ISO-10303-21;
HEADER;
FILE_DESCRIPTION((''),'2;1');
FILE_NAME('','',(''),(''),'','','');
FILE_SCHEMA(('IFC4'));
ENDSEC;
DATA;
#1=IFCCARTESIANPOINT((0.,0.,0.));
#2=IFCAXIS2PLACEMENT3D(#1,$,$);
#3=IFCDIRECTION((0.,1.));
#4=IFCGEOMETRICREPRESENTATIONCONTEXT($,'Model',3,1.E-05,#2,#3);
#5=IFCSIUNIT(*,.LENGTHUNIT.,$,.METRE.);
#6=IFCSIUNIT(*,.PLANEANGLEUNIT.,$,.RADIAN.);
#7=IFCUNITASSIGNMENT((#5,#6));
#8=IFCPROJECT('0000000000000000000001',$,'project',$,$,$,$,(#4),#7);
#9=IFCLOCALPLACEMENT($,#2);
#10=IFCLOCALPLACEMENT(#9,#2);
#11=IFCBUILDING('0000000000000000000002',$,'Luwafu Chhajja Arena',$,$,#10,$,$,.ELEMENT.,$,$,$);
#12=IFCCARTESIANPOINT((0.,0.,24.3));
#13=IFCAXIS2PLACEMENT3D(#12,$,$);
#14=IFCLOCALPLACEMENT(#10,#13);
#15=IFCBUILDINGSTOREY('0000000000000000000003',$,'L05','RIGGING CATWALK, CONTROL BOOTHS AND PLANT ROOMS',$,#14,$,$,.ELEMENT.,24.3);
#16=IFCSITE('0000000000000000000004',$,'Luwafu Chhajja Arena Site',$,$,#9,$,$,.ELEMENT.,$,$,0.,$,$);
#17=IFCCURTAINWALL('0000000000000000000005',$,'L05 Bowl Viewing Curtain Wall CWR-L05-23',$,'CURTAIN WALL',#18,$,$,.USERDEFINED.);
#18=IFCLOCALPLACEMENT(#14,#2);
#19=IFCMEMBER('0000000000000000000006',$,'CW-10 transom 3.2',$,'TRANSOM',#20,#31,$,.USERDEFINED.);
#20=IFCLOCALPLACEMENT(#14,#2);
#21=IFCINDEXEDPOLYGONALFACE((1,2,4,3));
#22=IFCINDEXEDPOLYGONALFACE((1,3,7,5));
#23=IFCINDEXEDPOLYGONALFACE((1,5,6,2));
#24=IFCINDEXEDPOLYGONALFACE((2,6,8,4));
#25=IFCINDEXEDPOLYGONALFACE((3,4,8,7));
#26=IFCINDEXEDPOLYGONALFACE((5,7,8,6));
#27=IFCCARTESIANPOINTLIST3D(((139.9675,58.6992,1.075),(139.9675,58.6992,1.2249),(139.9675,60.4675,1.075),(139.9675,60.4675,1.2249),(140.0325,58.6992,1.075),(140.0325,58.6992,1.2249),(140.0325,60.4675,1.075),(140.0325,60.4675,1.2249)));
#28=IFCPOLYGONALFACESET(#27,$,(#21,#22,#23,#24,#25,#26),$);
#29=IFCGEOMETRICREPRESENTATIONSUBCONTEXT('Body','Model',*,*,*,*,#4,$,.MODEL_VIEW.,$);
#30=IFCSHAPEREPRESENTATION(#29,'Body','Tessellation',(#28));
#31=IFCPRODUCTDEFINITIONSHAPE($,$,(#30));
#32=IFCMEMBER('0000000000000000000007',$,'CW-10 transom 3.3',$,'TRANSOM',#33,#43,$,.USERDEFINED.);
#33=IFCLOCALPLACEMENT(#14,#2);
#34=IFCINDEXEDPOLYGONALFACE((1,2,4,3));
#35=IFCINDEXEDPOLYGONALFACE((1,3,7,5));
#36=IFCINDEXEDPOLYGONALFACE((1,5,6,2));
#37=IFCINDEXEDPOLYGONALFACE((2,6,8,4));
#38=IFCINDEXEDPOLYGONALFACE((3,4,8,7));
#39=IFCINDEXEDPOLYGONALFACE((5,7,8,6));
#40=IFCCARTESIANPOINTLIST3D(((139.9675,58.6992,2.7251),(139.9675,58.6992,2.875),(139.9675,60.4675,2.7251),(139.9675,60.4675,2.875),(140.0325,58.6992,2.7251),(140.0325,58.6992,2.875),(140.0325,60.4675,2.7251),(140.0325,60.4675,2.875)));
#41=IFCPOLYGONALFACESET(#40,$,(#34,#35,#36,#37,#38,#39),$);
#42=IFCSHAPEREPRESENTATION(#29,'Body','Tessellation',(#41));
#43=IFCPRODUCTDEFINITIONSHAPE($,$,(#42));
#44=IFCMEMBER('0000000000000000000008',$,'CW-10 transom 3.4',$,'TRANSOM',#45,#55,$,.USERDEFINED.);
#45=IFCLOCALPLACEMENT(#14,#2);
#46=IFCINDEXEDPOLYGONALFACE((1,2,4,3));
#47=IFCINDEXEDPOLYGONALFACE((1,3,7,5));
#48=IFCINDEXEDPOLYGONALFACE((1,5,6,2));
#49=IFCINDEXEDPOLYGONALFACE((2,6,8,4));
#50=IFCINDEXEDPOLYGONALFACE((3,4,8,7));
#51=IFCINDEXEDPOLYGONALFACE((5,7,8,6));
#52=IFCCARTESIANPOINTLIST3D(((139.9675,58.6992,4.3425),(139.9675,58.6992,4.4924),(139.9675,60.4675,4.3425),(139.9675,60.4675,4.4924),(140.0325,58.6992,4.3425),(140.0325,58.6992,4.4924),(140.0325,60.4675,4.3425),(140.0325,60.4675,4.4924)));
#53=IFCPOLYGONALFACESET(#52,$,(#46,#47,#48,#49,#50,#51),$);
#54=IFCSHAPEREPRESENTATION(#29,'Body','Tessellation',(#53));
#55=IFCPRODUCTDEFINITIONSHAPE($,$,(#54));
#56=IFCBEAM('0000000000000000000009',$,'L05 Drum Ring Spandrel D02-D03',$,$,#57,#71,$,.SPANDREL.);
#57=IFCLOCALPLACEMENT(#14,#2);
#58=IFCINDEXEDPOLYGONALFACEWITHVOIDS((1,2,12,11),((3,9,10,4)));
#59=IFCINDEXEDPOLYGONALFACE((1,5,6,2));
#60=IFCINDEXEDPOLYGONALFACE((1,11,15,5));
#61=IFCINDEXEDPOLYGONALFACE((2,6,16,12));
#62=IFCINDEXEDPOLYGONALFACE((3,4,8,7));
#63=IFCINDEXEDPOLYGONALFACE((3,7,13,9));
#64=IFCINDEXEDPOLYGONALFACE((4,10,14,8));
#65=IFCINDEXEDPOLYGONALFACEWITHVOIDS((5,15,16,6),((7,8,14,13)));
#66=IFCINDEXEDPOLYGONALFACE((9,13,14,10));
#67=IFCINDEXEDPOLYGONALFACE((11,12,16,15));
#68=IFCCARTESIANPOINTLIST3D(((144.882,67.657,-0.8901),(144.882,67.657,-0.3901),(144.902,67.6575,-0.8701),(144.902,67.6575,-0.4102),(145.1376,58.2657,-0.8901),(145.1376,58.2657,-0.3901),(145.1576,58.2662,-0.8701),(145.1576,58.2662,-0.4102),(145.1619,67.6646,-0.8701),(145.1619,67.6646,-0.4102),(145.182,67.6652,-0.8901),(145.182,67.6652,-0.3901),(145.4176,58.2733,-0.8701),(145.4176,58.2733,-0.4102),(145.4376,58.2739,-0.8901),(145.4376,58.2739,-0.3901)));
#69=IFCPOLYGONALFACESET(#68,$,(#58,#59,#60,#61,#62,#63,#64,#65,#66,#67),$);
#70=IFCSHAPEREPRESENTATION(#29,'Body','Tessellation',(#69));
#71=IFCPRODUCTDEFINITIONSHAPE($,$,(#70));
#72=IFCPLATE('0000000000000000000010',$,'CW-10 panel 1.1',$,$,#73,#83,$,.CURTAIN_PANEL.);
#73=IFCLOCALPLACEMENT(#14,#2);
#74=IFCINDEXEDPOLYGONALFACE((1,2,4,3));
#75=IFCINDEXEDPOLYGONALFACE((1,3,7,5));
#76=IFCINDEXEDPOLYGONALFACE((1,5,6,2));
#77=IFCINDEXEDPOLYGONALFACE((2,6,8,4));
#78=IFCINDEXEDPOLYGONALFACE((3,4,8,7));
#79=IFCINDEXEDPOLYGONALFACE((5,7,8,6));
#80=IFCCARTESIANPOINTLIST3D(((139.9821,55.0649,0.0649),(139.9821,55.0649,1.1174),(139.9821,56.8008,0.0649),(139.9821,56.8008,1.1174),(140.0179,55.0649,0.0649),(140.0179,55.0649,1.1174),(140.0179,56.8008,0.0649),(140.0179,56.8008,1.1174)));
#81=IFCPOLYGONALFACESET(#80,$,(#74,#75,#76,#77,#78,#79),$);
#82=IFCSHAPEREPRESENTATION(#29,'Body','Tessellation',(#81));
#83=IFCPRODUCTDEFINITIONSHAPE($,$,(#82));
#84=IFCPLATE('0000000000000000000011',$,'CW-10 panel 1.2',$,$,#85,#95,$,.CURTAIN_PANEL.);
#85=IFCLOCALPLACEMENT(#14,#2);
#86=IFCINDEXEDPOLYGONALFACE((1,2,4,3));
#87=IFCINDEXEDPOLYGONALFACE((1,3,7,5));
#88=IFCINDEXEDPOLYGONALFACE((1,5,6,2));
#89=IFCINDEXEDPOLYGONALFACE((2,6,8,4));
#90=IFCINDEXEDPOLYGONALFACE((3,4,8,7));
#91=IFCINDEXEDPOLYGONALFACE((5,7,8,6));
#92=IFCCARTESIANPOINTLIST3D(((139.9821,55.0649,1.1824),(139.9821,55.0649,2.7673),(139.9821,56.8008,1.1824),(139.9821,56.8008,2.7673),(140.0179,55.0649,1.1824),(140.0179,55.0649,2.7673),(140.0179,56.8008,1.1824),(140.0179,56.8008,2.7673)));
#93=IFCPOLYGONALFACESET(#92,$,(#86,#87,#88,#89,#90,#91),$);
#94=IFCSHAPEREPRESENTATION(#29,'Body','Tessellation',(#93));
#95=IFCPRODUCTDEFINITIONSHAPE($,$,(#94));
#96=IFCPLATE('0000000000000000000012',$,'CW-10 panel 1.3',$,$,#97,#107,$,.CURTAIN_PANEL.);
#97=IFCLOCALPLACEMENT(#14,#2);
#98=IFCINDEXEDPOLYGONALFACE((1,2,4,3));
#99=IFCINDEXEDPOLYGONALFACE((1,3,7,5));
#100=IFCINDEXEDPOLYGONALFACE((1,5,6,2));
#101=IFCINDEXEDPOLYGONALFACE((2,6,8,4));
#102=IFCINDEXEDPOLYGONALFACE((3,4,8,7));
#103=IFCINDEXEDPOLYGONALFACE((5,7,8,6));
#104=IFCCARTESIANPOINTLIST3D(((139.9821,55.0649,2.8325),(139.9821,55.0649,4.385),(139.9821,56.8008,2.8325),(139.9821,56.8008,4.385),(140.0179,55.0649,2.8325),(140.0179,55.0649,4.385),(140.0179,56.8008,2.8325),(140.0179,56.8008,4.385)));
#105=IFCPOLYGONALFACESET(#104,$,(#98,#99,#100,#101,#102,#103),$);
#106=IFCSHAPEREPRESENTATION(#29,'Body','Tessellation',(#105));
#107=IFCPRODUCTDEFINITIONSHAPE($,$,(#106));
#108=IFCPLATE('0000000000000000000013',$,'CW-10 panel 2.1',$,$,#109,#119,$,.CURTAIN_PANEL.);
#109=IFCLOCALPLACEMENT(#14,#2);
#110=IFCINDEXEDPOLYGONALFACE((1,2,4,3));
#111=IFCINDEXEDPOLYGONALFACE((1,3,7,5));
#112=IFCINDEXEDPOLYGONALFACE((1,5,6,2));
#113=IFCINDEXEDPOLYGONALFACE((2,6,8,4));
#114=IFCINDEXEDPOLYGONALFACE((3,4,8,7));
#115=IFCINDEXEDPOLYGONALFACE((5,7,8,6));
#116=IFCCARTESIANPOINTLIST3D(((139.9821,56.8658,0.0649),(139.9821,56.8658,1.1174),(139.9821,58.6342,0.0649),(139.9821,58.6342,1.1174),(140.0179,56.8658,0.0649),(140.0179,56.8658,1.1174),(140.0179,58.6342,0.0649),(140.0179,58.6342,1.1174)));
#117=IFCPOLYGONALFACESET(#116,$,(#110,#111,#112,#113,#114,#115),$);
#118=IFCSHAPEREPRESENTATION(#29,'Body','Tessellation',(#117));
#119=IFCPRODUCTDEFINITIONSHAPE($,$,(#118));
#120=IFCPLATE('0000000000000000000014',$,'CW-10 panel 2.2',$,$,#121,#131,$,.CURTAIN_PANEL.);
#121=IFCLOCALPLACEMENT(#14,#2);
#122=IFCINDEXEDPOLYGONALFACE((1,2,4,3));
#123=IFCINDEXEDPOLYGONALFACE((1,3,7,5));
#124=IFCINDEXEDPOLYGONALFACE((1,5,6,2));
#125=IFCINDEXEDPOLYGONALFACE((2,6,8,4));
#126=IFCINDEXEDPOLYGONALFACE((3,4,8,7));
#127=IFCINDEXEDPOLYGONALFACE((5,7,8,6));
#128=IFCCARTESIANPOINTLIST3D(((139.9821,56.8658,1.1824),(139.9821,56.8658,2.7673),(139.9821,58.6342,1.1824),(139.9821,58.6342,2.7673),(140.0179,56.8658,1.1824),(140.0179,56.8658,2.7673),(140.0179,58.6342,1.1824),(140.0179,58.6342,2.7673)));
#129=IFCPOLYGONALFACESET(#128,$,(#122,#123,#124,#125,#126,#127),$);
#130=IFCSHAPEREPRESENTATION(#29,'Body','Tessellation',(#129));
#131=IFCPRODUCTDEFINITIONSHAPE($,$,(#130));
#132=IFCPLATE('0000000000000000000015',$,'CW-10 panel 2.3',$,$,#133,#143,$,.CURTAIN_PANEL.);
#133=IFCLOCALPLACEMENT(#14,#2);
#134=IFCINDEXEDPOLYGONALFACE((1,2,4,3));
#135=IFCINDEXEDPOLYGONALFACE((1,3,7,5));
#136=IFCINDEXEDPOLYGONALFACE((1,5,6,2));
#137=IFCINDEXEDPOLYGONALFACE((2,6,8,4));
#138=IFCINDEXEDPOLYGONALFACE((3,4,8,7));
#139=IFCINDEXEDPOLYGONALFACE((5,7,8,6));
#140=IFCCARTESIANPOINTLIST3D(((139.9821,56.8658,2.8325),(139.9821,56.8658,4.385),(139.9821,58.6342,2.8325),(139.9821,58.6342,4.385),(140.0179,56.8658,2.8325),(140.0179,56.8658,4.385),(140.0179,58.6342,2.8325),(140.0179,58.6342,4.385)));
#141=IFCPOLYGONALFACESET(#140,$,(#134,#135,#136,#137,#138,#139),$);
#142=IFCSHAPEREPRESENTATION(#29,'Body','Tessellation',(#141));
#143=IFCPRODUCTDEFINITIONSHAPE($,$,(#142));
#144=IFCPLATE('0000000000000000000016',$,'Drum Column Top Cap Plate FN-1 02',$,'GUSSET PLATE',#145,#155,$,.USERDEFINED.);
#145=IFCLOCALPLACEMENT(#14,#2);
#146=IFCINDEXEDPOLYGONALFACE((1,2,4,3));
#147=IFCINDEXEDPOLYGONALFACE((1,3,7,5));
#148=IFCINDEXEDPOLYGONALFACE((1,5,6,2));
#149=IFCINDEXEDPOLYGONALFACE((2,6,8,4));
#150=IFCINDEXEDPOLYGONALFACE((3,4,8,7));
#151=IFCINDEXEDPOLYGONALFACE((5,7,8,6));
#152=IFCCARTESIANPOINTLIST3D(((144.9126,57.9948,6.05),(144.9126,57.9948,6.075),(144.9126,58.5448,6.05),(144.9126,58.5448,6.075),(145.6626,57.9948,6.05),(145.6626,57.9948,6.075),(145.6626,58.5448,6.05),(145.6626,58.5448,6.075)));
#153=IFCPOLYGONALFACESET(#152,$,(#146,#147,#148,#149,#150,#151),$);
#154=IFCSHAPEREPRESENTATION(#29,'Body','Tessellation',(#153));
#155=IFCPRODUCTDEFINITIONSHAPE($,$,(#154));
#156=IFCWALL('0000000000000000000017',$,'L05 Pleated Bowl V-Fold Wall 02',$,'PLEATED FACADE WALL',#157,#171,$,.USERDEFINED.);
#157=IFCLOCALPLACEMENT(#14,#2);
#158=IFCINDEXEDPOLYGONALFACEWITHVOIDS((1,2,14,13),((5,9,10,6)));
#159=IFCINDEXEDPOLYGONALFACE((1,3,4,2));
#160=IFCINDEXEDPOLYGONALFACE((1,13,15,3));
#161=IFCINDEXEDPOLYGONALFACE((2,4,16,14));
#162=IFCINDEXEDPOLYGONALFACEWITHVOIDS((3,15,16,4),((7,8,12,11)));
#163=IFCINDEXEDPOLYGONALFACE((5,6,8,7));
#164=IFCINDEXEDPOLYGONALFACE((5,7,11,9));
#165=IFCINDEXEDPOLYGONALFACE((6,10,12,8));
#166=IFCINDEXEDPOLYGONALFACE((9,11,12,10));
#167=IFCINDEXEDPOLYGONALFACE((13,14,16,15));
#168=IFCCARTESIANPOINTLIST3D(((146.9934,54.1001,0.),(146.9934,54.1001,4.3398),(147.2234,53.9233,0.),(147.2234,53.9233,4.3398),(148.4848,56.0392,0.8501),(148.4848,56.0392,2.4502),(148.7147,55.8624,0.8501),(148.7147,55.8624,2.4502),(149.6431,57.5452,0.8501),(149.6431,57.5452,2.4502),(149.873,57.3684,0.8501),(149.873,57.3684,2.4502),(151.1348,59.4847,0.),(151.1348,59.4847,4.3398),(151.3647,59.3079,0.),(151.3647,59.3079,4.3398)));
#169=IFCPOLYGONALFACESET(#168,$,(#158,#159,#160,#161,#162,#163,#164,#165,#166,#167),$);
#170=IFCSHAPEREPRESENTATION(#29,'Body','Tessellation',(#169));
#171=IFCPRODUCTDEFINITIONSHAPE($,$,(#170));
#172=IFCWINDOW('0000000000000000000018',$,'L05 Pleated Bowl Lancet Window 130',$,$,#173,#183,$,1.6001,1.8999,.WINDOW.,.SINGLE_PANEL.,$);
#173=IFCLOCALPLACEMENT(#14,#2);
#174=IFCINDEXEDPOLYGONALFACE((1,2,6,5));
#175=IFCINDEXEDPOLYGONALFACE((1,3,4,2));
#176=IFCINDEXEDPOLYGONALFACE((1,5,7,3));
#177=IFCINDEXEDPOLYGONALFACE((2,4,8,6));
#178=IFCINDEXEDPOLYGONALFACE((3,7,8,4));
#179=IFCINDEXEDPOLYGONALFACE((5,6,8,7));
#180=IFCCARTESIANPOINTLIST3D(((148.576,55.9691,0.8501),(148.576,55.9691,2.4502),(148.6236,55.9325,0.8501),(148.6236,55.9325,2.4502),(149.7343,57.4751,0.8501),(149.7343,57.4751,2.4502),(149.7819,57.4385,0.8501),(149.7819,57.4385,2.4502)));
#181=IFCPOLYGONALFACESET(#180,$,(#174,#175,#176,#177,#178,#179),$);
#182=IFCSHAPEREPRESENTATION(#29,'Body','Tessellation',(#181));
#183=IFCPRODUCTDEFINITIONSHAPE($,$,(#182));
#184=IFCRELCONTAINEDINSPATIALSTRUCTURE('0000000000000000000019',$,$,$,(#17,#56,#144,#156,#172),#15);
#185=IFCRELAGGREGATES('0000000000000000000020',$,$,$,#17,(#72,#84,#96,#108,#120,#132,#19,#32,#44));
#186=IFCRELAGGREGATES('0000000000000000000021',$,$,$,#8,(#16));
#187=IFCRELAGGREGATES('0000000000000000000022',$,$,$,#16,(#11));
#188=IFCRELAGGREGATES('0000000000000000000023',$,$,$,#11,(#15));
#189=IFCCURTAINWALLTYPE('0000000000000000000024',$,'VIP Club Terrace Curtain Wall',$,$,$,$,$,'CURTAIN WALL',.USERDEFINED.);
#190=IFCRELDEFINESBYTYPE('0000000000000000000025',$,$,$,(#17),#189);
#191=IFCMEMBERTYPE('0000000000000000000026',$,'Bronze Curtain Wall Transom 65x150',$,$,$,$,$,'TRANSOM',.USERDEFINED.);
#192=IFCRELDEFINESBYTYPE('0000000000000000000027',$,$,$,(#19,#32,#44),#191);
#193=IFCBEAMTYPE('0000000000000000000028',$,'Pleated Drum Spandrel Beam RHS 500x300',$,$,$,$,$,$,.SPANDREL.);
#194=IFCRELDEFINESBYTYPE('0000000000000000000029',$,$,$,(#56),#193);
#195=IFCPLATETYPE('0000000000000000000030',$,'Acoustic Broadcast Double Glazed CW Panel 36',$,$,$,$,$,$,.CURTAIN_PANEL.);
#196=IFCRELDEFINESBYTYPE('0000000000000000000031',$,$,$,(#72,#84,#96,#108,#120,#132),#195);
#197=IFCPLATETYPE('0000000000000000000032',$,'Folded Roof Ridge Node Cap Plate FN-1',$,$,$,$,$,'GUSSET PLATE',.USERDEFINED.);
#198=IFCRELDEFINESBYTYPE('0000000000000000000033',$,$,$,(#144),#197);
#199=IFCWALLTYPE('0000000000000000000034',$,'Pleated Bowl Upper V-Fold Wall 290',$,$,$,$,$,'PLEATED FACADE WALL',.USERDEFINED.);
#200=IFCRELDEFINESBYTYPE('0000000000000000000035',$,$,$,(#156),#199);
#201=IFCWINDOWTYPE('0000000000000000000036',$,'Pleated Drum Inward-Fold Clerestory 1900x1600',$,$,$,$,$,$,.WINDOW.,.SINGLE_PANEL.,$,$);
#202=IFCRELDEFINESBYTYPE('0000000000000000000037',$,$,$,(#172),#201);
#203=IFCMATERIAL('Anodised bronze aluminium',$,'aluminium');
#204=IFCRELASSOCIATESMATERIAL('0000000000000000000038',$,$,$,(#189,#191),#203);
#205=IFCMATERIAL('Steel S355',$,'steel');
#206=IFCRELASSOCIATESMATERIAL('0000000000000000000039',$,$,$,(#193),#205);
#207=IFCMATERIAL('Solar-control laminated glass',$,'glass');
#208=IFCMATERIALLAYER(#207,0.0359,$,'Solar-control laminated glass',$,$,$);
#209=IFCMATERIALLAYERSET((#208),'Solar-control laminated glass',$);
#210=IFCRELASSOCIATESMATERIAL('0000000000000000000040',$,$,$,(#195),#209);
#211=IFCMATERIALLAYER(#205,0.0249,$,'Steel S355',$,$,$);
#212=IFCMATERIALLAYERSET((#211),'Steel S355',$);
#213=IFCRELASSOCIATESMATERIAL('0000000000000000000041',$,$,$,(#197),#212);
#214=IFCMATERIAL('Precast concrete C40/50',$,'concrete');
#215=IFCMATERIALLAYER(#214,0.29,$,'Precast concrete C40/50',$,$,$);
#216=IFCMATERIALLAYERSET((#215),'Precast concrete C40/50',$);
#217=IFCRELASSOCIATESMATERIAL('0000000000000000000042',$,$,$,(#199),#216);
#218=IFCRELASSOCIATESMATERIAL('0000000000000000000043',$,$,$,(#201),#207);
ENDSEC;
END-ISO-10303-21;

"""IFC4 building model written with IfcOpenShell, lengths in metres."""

from ifc_helpers import new_model, si_unit, direction, frame, frame_2d, origin, origin_2d, place, context, subcontext, project, spatial, rectangle, hollow_rectangle, extrude, material, layer, layer_set, material_profile, profile_set, type_object, element, fill, aggregate, save


model = new_model("IFC4")

# Units and contexts
model_context = context("Model", 3, precision=1e-05, world=origin(), true_north=direction((0.0, 1.0)))
body_context = subcontext(model_context, "Body", "Model", "MODEL_VIEW")
ifc_project = project(units=[si_unit("LENGTHUNIT", "METRE"), si_unit("PLANEANGLEUNIT", "RADIAN")], contexts=[model_context])

# Site, building, storey
site_placement = place(None, origin())
site = spatial("IfcSite", under=ifc_project, at=site_placement, Name="Luwafu Chhajja Arena Site", CompositionType="ELEMENT", RefElevation=0.0)
building_placement = place(site_placement, origin())
building = spatial("IfcBuilding", under=site, at=building_placement, Name="Luwafu Chhajja Arena", CompositionType="ELEMENT")
storey_placement = place(building_placement, frame((0.0, 0.0, 24.3)))
storey = spatial("IfcBuildingStorey", under=building, at=storey_placement, Name="L05", Description="RIGGING CATWALK, CONTROL BOOTHS AND PLANT ROOMS", CompositionType="ELEMENT", Elevation=24.3)

# Shared definitions
ifc_material_1 = material(Name="Steel S355", Category="steel")

# Curtain wall, members
ifc_material_2 = material(Name="Anodised bronze aluminium", Category="aluminium")
curtain_wall_type = type_object("IfcCurtainWallType", Name="VIP Club Terrace Curtain Wall", ElementType="CURTAIN WALL", PredefinedType="USERDEFINED", material=ifc_material_2)
curtain_wall_placement = place(storey_placement, origin())
curtain_wall = element("IfcCurtainWall", 1, at=curtain_wall_placement, inside=storey, type_object=curtain_wall_type, Name="L05 Bowl Viewing Curtain Wall CWR-L05-23", ObjectType="CURTAIN WALL", PredefinedType="USERDEFINED")
ifc_material_profile_1 = material_profile(ifc_material_2, rectangle(XDim=0.0649, YDim=0.1499, at=origin_2d()), Name="CWT 65x150")
ifc_profile_set_1 = profile_set([ifc_material_profile_1], Name="Anodised bronze aluminium")
member_type_1 = type_object("IfcMemberType", Name="Bronze Curtain Wall Transom 65x150", ElementType="TRANSOM", PredefinedType="USERDEFINED", material=ifc_profile_set_1)
member_1_placement = place(storey_placement, frame((140.0, 58.6992, 1.1499), z_axis=(0.0, 1.0, 0.0), x_axis=(-1.0, 0.0, 0.0)))
member_1 = element("IfcMember", 2, at=member_1_placement, type_object=member_type_1, Name="CW-10 transom 3.2", ObjectType="TRANSOM", PredefinedType="USERDEFINED", context=body_context, shape_type="SweptSolid", body=[
    extrude(rectangle(XDim=0.0649, YDim=0.1499, at=origin_2d()), origin(), (0.0, 0.0, 1.0), 1.7683),
])
member_2_placement = place(storey_placement, frame((140.0, 58.6992, 2.8), z_axis=(0.0, 1.0, 0.0), x_axis=(-1.0, 0.0, 0.0)))
member_2 = element("IfcMember", 3, at=member_2_placement, type_object=member_type_1, Name="CW-10 transom 3.3", ObjectType="TRANSOM", PredefinedType="USERDEFINED", context=body_context, shape_type="SweptSolid", body=[
    extrude(rectangle(XDim=0.0649, YDim=0.1499, at=origin_2d()), origin(), (0.0, 0.0, 1.0), 1.7683),
])
member_3_placement = place(storey_placement, frame((140.0, 58.6992, 4.4175), z_axis=(0.0, 1.0, 0.0), x_axis=(-1.0, 0.0, 0.0)))
member_3 = element("IfcMember", 4, at=member_3_placement, type_object=member_type_1, Name="CW-10 transom 3.4", ObjectType="TRANSOM", PredefinedType="USERDEFINED", context=body_context, shape_type="SweptSolid", body=[
    extrude(rectangle(XDim=0.0649, YDim=0.1499, at=origin_2d()), origin(), (0.0, 0.0, 1.0), 1.7683),
])

# Beam
ifc_material_profile_2 = material_profile(ifc_material_1, hollow_rectangle(XDim=0.3, YDim=0.5, WallThickness=0.02, at=origin_2d()), Name="RHS 500x300x20")
ifc_profile_set_2 = profile_set([ifc_material_profile_2], Name="Steel S355")
beam_type = type_object("IfcBeamType", Name="Pleated Drum Spandrel Beam RHS 500x300", PredefinedType="SPANDREL", material=ifc_profile_set_2)
beam_placement = place(storey_placement, frame((145.2876, 58.2698, -0.6401), z_axis=(-0.027208, 0.99963, 0.0), x_axis=(-0.99963, -0.027208, 0.0)))
element("IfcBeam", 5, at=beam_placement, inside=storey, type_object=beam_type, Name="L05 Drum Ring Spandrel D02-D03", PredefinedType="SPANDREL", context=body_context, shape_type="SweptSolid", body=[
    extrude(hollow_rectangle(XDim=0.3, YDim=0.5, WallThickness=0.02, at=origin_2d()), origin(), (0.0, 0.0, 1.0), 9.3948),
])

# Plates
ifc_material_3 = material(Name="Solar-control laminated glass", Category="glass")
ifc_layer_1 = layer(ifc_material_3, 0.0359, Name="Solar-control laminated glass")
ifc_layer_set_1 = layer_set([ifc_layer_1], Name="Solar-control laminated glass")
plate_type_1 = type_object("IfcPlateType", Name="Acoustic Broadcast Double Glazed CW Panel 36", PredefinedType="CURTAIN_PANEL", material=ifc_layer_set_1)
plate_1_placement = place(storey_placement, frame((140.0, 55.9329, 0.0649), z_axis=(0.0, 0.0, 1.0), x_axis=(0.0, 1.0, 0.0)))
plate_1 = element("IfcPlate", 6, at=plate_1_placement, type_object=plate_type_1, Name="CW-10 panel 1.1", PredefinedType="CURTAIN_PANEL", context=body_context, shape_type="SweptSolid", body=[
    extrude(rectangle(XDim=1.7358, YDim=0.0359, at=origin_2d()), origin(), (0.0, 0.0, 1.0), 1.0525),
])
plate_2_placement = place(storey_placement, frame((140.0, 55.9329, 1.1824), z_axis=(0.0, 0.0, 1.0), x_axis=(0.0, 1.0, 0.0)))
plate_2 = element("IfcPlate", 7, at=plate_2_placement, type_object=plate_type_1, Name="CW-10 panel 1.2", PredefinedType="CURTAIN_PANEL", context=body_context, shape_type="SweptSolid", body=[
    extrude(rectangle(XDim=1.7358, YDim=0.0359, at=origin_2d()), origin(), (0.0, 0.0, 1.0), 1.585),
])
plate_3_placement = place(storey_placement, frame((140.0, 55.9329, 2.8325), z_axis=(0.0, 0.0, 1.0), x_axis=(0.0, 1.0, 0.0)))
plate_3 = element("IfcPlate", 8, at=plate_3_placement, type_object=plate_type_1, Name="CW-10 panel 1.3", PredefinedType="CURTAIN_PANEL", context=body_context, shape_type="SweptSolid", body=[
    extrude(rectangle(XDim=1.7358, YDim=0.0359, at=origin_2d()), origin(), (0.0, 0.0, 1.0), 1.5525),
])
plate_4_placement = place(storey_placement, frame((140.0, 57.75, 0.0649), z_axis=(0.0, 0.0, 1.0), x_axis=(0.0, 1.0, 0.0)))
plate_4 = element("IfcPlate", 9, at=plate_4_placement, type_object=plate_type_1, Name="CW-10 panel 2.1", PredefinedType="CURTAIN_PANEL", context=body_context, shape_type="SweptSolid", body=[
    extrude(rectangle(XDim=1.7683, YDim=0.0359, at=origin_2d()), origin(), (0.0, 0.0, 1.0), 1.0525),
])
plate_5_placement = place(storey_placement, frame((140.0, 57.75, 1.1824), z_axis=(0.0, 0.0, 1.0), x_axis=(0.0, 1.0, 0.0)))
plate_5 = element("IfcPlate", 10, at=plate_5_placement, type_object=plate_type_1, Name="CW-10 panel 2.2", PredefinedType="CURTAIN_PANEL", context=body_context, shape_type="SweptSolid", body=[
    extrude(rectangle(XDim=1.7683, YDim=0.0359, at=origin_2d()), origin(), (0.0, 0.0, 1.0), 1.585),
])
plate_6_placement = place(storey_placement, frame((140.0, 57.75, 2.8325), z_axis=(0.0, 0.0, 1.0), x_axis=(0.0, 1.0, 0.0)))
plate_6 = element("IfcPlate", 11, at=plate_6_placement, type_object=plate_type_1, Name="CW-10 panel 2.3", PredefinedType="CURTAIN_PANEL", context=body_context, shape_type="SweptSolid", body=[
    extrude(rectangle(XDim=1.7683, YDim=0.0359, at=origin_2d()), origin(), (0.0, 0.0, 1.0), 1.5525),
])
aggregate(curtain_wall, [plate_1, plate_2, plate_3, plate_4, plate_5, plate_6, member_1, member_2, member_3])
ifc_layer_2 = layer(ifc_material_1, 0.0249, Name="Steel S355")
ifc_layer_set_2 = layer_set([ifc_layer_2], Name="Steel S355")
plate_type_2 = type_object("IfcPlateType", Name="Folded Roof Ridge Node Cap Plate FN-1", ElementType="GUSSET PLATE", PredefinedType="USERDEFINED", material=ifc_layer_set_2)
plate_7_placement = place(storey_placement, frame((145.2876, 58.2698, 6.05), z_axis=(0.0, 0.0, 1.0), x_axis=(1.0, 0.0, 0.0)))
element("IfcPlate", 12, at=plate_7_placement, inside=storey, type_object=plate_type_2, Name="Drum Column Top Cap Plate FN-1 02", ObjectType="GUSSET PLATE", PredefinedType="USERDEFINED", context=body_context, shape_type="SweptSolid", body=[
    extrude(rectangle(XDim=0.75, YDim=0.55, at=origin_2d()), origin(), (0.0, 0.0, 1.0), 0.0249),
])

# Wall, opening, window
ifc_material_4 = material(Name="Precast concrete C40/50", Category="concrete")
ifc_layer_3 = layer(ifc_material_4, 0.29, Name="Precast concrete C40/50")
ifc_layer_set_3 = layer_set([ifc_layer_3], Name="Precast concrete C40/50")
wall_type = type_object("IfcWallType", Name="Pleated Bowl Upper V-Fold Wall 290", ElementType="PLEATED FACADE WALL", PredefinedType="USERDEFINED", material=ifc_layer_set_3)
wall_1_placement = place(storey_placement, frame((147.1084, 54.0117, 0.0), z_axis=(0.0, 0.0, 1.0), x_axis=(0.609657, 0.792665, 0.0)))
wall_1 = element("IfcWall", 13, at=wall_1_placement, inside=storey, type_object=wall_type, Name="L05 Pleated Bowl V-Fold Wall 02", ObjectType="PLEATED FACADE WALL", PredefinedType="USERDEFINED", context=body_context, shape_type="SweptSolid", body=[
    extrude(rectangle(XDim=6.793, YDim=0.29, at=frame_2d((3.3965, 0.0))), origin(), (0.0, 0.0, 1.0), 4.3398),
])
opening_1_placement = place(wall_1_placement, frame((2.4463, 0.0, 0.8501)))
opening_1 = element("IfcOpeningElement", 14, at=opening_1_placement, cuts=wall_1, PredefinedType="OPENING", context=body_context, shape_type="SweptSolid", body=[
    extrude(rectangle(XDim=1.8999, YDim=1.6001, at=frame_2d((0.95, 0.8))), frame((0.0, 0.155, 0.0), z_axis=(0.0, -1.0, 0.0), x_axis=(1.0, 0.0, 0.0)), (0.0, 0.0, 1.0), 0.3101),
])
window_type_1 = type_object("IfcWindowType", Name="Pleated Drum Inward-Fold Clerestory 1900x1600", PartitioningType="SINGLE_PANEL", PredefinedType="WINDOW", material=ifc_material_3)
window_1_placement = place(opening_1_placement, origin())
window_1 = element("IfcWindow", 15, at=window_1_placement, inside=storey, type_object=window_type_1, Name="L05 Pleated Bowl Lancet Window 130", OverallHeight=1.6001, OverallWidth=1.8999, PartitioningType="SINGLE_PANEL", PredefinedType="WINDOW", context=body_context, shape_type="SweptSolid", body=[
    extrude(rectangle(XDim=1.8999, YDim=1.6001, at=frame_2d((0.95, 0.8))), frame((0.0, 0.03, 0.0), z_axis=(0.0, -1.0, 0.0), x_axis=(1.0, 0.0, 0.0)), (0.0, 0.0, 1.0), 0.0601),
])
fill(opening_1, window_1)

save(model, "model.ifc")
